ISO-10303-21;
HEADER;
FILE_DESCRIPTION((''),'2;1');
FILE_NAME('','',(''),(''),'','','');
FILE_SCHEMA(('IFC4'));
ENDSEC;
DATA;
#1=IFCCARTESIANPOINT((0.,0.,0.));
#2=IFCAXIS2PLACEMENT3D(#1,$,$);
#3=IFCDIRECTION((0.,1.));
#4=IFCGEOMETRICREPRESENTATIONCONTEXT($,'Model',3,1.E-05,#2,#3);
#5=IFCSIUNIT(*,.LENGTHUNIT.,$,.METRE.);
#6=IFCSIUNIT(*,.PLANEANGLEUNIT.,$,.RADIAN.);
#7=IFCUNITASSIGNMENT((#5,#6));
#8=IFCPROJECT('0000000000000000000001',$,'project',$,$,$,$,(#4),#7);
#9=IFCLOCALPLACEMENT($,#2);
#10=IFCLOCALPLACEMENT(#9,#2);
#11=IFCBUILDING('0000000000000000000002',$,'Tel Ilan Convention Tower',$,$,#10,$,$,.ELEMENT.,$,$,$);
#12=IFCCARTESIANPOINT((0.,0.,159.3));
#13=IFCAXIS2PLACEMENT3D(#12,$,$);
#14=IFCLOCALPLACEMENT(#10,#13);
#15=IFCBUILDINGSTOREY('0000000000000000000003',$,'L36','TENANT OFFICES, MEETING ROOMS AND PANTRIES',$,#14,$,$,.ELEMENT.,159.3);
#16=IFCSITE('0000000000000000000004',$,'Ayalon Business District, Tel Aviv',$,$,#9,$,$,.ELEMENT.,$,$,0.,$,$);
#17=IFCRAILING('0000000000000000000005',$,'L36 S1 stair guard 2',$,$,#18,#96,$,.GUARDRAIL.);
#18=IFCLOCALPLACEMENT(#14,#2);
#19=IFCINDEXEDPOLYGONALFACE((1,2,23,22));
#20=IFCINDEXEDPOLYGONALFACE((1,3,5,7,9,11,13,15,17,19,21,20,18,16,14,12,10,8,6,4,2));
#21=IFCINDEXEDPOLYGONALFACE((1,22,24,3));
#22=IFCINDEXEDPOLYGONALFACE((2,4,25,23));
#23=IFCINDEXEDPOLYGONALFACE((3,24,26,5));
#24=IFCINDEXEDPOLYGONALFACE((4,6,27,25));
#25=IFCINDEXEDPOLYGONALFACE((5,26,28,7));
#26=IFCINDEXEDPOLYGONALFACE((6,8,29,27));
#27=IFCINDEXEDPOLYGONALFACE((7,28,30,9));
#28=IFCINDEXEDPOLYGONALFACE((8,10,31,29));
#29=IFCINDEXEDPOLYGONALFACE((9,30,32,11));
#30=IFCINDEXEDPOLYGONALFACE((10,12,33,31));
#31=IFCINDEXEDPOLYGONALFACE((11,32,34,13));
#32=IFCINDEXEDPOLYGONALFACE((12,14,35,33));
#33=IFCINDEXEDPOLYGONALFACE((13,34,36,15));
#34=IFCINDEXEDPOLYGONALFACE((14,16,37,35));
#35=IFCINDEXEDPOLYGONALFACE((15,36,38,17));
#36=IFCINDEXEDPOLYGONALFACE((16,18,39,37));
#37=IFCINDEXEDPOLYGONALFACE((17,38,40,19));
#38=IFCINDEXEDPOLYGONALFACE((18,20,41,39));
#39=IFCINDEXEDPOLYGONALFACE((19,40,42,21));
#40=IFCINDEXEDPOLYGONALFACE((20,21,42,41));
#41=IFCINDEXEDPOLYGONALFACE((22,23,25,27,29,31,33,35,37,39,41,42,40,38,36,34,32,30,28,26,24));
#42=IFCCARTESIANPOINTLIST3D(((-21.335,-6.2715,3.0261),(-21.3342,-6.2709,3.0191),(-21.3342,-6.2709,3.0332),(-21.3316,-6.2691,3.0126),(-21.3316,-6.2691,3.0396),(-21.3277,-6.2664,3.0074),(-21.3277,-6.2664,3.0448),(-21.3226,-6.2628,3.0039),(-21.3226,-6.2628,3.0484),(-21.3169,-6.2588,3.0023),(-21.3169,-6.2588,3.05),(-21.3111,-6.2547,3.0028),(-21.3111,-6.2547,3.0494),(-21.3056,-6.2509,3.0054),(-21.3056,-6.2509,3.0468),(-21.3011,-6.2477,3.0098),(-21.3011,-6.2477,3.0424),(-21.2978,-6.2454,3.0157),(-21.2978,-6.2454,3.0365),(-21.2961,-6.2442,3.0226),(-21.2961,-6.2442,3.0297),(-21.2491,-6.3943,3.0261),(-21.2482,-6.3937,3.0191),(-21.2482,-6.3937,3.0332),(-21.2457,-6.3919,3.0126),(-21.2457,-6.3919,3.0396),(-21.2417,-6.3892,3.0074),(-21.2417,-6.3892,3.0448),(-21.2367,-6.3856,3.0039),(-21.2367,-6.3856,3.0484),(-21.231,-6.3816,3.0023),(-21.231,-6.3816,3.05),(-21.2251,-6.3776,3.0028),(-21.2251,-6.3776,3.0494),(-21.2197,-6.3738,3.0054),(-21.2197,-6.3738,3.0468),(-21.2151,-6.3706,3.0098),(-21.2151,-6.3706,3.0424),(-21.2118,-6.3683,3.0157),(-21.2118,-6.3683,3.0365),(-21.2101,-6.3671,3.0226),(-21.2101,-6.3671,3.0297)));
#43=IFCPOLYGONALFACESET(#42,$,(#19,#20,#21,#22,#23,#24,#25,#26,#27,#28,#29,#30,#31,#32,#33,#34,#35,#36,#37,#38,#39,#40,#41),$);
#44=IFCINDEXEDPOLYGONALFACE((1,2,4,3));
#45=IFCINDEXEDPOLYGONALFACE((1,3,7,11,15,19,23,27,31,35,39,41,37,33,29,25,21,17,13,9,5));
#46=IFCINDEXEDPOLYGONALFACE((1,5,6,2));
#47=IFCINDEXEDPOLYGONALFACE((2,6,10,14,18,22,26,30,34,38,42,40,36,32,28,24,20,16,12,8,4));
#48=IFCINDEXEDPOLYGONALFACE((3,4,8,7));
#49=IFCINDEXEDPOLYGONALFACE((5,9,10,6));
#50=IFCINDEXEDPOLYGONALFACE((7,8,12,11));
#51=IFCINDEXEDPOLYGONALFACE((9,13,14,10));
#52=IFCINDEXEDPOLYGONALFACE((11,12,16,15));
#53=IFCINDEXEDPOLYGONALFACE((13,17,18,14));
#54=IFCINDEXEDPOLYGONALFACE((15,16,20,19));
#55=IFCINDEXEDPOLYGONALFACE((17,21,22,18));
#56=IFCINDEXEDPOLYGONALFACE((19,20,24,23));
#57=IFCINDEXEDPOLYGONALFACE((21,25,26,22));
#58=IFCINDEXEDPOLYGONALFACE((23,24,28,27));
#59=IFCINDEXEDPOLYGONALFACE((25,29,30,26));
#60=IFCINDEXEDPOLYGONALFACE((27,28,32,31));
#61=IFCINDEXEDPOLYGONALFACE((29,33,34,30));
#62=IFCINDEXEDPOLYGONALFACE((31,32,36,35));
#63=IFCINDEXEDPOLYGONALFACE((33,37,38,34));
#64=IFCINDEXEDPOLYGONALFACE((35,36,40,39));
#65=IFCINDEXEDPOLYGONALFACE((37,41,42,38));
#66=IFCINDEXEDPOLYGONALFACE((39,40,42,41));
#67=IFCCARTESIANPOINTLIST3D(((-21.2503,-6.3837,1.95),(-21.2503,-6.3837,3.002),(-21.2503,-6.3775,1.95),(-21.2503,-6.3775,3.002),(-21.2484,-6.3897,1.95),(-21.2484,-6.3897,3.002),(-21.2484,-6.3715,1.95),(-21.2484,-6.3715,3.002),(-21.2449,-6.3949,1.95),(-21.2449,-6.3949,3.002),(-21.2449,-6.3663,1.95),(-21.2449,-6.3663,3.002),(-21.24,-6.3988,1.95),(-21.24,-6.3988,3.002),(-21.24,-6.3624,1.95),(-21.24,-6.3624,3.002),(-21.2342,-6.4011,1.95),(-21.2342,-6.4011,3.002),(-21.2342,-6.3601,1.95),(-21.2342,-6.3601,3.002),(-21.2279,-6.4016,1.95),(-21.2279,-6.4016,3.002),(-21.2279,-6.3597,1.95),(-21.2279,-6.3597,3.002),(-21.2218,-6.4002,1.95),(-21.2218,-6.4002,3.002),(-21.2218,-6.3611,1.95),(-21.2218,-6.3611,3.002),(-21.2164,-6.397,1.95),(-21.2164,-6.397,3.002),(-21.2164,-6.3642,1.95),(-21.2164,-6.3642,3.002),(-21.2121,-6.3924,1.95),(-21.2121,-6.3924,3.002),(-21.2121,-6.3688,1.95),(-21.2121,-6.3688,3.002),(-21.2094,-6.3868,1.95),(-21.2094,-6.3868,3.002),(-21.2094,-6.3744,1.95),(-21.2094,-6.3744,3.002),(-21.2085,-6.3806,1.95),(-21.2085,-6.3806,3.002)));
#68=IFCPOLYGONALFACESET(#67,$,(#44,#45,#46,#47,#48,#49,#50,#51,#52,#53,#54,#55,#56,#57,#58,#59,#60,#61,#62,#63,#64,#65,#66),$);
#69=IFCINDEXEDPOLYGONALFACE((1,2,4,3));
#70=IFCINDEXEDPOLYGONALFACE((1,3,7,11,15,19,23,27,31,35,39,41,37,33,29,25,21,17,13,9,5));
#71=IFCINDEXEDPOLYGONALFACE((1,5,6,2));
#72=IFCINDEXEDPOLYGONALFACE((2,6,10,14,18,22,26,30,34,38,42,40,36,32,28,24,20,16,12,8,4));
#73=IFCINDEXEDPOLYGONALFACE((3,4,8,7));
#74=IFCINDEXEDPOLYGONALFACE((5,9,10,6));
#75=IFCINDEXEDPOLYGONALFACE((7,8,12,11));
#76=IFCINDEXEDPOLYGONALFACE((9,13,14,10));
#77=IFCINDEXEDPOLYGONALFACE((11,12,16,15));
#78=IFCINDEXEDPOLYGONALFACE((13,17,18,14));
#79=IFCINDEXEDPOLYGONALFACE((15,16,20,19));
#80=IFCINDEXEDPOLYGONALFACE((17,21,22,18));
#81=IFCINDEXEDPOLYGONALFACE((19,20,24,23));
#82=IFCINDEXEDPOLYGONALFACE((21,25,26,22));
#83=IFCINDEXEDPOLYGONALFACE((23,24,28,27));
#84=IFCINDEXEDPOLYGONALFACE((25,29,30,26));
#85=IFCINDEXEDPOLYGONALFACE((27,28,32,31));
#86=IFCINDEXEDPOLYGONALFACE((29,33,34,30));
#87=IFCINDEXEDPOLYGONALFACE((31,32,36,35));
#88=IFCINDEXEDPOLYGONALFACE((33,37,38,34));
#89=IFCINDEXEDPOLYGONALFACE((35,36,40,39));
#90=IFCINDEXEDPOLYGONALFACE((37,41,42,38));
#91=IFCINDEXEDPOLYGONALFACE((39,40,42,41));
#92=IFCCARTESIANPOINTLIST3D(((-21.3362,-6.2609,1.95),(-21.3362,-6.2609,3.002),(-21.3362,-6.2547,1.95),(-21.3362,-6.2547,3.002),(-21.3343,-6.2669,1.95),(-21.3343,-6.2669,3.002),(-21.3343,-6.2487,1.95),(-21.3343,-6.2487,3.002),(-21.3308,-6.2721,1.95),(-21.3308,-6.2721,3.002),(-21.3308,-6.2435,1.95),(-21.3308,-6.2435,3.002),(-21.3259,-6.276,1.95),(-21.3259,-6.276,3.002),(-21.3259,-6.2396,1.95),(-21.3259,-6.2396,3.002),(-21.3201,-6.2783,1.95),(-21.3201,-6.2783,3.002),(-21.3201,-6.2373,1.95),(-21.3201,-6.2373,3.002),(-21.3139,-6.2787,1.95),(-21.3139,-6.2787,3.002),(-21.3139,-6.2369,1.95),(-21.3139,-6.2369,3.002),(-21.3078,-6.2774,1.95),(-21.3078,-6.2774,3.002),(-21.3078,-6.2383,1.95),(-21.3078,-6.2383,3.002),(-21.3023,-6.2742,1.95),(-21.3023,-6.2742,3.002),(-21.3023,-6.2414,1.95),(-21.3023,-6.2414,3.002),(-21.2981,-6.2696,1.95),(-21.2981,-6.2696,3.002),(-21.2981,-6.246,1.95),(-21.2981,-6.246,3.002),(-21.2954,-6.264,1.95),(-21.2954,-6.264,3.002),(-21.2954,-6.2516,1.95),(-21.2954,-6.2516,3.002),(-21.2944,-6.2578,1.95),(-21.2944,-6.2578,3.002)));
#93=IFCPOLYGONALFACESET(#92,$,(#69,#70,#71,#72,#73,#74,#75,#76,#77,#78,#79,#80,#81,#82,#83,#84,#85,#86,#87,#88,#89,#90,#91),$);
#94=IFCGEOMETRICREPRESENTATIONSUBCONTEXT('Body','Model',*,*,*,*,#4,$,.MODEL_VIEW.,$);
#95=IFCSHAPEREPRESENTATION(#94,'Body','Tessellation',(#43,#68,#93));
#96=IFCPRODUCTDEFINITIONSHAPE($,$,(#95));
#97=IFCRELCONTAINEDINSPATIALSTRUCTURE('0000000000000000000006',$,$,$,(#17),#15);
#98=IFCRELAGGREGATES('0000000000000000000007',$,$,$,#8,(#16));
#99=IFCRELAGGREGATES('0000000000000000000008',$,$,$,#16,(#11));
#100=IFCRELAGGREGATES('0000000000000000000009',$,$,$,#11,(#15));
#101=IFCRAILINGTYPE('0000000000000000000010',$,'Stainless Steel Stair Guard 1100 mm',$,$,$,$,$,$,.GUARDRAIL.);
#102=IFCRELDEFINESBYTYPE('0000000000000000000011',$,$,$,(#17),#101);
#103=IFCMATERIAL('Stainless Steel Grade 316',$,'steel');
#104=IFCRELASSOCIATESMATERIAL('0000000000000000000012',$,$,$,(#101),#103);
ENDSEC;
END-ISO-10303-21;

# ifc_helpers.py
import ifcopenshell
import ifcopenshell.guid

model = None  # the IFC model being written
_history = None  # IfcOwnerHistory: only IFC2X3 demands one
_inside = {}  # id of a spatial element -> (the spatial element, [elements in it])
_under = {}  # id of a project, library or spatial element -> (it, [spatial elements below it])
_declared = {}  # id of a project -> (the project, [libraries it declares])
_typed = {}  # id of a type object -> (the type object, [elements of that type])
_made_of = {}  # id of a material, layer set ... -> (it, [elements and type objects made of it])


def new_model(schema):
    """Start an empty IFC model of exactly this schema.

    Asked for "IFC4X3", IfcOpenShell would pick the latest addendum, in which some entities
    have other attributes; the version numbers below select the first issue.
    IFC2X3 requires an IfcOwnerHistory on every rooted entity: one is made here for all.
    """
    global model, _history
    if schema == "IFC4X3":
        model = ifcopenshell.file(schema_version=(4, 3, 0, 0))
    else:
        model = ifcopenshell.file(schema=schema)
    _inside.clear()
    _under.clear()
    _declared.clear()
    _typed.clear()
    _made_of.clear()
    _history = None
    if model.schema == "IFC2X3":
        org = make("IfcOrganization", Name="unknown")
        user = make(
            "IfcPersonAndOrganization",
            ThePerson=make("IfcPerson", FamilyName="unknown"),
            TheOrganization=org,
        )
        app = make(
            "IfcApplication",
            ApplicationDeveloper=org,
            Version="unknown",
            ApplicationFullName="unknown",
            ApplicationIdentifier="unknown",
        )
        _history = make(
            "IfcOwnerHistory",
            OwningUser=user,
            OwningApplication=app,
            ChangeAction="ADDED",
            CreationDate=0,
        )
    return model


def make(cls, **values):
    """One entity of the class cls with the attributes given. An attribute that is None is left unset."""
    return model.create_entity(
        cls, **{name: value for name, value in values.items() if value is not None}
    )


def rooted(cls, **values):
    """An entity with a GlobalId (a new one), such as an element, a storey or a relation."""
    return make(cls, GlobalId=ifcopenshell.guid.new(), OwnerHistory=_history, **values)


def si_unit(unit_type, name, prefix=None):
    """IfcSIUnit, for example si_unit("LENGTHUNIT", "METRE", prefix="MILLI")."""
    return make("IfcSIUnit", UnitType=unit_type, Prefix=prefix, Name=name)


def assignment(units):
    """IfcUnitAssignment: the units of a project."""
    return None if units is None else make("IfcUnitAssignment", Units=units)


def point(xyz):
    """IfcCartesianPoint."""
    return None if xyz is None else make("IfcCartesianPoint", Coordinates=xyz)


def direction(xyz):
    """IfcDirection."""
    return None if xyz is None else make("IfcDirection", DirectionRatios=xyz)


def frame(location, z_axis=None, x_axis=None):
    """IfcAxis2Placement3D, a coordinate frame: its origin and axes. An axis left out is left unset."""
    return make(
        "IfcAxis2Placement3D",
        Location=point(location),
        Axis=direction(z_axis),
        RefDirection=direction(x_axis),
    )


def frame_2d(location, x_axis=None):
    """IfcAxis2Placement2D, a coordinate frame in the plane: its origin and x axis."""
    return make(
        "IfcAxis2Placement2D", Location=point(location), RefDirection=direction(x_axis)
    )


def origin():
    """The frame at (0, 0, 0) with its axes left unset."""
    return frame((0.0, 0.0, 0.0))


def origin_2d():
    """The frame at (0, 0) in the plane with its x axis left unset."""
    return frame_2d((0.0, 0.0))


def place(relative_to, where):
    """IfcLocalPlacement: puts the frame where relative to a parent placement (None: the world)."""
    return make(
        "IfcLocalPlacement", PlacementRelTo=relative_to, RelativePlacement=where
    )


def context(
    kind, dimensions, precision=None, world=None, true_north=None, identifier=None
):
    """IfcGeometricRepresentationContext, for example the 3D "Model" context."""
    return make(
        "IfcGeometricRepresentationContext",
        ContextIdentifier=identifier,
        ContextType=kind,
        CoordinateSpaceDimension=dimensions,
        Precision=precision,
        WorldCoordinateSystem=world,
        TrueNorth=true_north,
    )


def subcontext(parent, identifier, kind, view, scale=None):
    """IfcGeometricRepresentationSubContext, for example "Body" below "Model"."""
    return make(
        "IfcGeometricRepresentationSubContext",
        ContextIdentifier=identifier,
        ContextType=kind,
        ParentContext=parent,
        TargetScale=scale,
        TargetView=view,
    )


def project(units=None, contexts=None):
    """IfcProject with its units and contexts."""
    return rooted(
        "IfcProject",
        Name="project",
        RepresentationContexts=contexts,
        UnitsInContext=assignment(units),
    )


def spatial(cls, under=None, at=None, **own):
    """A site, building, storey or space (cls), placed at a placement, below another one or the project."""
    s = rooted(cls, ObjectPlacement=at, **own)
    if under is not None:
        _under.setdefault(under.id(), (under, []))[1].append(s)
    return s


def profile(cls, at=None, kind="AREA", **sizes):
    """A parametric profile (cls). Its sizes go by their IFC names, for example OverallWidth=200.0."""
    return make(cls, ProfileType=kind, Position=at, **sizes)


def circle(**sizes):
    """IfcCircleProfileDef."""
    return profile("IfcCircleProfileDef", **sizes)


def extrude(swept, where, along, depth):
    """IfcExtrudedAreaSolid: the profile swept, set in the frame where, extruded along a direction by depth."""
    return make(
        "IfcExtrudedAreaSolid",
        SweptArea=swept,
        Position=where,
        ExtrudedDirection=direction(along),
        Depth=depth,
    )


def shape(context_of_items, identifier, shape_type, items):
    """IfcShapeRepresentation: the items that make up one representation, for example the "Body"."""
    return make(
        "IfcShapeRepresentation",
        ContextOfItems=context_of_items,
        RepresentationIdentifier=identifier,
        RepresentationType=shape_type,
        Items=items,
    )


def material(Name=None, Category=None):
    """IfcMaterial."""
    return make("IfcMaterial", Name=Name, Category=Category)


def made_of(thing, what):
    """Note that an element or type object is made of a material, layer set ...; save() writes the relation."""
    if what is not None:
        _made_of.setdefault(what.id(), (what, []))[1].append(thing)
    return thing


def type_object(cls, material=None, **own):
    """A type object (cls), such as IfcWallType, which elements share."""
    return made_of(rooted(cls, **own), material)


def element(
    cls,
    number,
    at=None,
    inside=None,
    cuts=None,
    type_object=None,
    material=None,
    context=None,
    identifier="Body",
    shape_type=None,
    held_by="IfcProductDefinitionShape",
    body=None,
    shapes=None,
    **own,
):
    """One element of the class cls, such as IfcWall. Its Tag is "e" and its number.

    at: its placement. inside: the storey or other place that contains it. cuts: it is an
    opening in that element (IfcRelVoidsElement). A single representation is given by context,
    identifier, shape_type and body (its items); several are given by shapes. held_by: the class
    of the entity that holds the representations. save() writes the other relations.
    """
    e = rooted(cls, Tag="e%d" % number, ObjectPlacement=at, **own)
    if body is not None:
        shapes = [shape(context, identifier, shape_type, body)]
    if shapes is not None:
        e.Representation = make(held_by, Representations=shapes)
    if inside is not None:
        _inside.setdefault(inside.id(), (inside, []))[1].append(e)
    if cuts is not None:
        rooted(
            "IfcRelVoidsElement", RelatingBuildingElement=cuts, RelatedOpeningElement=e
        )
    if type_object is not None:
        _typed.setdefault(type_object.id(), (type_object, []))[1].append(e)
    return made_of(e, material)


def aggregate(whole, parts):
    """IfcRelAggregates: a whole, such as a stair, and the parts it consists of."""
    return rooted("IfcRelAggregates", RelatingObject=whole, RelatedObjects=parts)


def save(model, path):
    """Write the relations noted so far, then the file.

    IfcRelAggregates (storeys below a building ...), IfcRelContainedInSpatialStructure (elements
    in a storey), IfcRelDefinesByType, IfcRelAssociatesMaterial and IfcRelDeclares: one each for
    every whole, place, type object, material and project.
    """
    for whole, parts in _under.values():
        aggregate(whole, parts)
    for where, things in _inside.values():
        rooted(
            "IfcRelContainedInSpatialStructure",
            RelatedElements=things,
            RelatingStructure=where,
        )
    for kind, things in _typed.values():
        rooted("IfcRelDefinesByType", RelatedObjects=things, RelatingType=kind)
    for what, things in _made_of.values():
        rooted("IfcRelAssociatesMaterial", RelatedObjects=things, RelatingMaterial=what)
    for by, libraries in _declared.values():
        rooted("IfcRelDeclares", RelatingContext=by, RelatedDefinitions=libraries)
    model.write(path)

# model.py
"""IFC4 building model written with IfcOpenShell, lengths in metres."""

from ifc_helpers import new_model, si_unit, direction, frame, origin, origin_2d, place, context, subcontext, project, spatial, circle, extrude, material, type_object, element, save


model = new_model("IFC4")

# Units and contexts
model_context = context("Model", 3, precision=1e-05, world=origin(), true_north=direction((0.0, 1.0)))
body_context = subcontext(model_context, "Body", "Model", "MODEL_VIEW")
ifc_project = project(units=[si_unit("LENGTHUNIT", "METRE"), si_unit("PLANEANGLEUNIT", "RADIAN")], contexts=[model_context])

# Site, building, storey
site_placement = place(None, origin())
site = spatial("IfcSite", under=ifc_project, at=site_placement, Name="Ayalon Business District, Tel Aviv", CompositionType="ELEMENT", RefElevation=0.0)
building_placement = place(site_placement, origin())
building = spatial("IfcBuilding", under=site, at=building_placement, Name="Tel Ilan Convention Tower", CompositionType="ELEMENT")
storey_placement = place(building_placement, frame((0.0, 0.0, 159.3)))
storey = spatial("IfcBuildingStorey", under=building, at=storey_placement, Name="L36", Description="TENANT OFFICES, MEETING ROOMS AND PANTRIES", CompositionType="ELEMENT", Elevation=159.3)

# Railing
ifc_material_1 = material(Name="Stainless Steel Grade 316", Category="steel")
railing_type_1 = type_object("IfcRailingType", Name="Stainless Steel Stair Guard 1100 mm", PredefinedType="GUARDRAIL", material=ifc_material_1)
railing_1_placement = place(storey_placement, frame((-21.2295, -6.3806, 1.95)))
element("IfcRailing", 1, at=railing_1_placement, inside=storey, type_object=railing_type_1, Name="L36 S1 stair guard 2", PredefinedType="GUARDRAIL", context=body_context, shape_type="SweptSolid", body=[
    extrude(circle(Radius=0.0239, at=origin_2d()), frame((0.0, 0.0, 1.0762), z_axis=(-0.573353, 0.819308, 0.0), x_axis=(-0.819308, -0.573353, 0.0)), (0.0, 0.0, 1.0), 0.1499),
    extrude(circle(Radius=0.021, at=origin_2d()), origin(), (0.0, 0.0, 1.0), 1.052),
    extrude(circle(Radius=0.021, at=origin_2d()), frame((-0.0859, 0.1228, 0.0)), (0.0, 0.0, 1.0), 1.052),
])

save(model, "model.ifc")
